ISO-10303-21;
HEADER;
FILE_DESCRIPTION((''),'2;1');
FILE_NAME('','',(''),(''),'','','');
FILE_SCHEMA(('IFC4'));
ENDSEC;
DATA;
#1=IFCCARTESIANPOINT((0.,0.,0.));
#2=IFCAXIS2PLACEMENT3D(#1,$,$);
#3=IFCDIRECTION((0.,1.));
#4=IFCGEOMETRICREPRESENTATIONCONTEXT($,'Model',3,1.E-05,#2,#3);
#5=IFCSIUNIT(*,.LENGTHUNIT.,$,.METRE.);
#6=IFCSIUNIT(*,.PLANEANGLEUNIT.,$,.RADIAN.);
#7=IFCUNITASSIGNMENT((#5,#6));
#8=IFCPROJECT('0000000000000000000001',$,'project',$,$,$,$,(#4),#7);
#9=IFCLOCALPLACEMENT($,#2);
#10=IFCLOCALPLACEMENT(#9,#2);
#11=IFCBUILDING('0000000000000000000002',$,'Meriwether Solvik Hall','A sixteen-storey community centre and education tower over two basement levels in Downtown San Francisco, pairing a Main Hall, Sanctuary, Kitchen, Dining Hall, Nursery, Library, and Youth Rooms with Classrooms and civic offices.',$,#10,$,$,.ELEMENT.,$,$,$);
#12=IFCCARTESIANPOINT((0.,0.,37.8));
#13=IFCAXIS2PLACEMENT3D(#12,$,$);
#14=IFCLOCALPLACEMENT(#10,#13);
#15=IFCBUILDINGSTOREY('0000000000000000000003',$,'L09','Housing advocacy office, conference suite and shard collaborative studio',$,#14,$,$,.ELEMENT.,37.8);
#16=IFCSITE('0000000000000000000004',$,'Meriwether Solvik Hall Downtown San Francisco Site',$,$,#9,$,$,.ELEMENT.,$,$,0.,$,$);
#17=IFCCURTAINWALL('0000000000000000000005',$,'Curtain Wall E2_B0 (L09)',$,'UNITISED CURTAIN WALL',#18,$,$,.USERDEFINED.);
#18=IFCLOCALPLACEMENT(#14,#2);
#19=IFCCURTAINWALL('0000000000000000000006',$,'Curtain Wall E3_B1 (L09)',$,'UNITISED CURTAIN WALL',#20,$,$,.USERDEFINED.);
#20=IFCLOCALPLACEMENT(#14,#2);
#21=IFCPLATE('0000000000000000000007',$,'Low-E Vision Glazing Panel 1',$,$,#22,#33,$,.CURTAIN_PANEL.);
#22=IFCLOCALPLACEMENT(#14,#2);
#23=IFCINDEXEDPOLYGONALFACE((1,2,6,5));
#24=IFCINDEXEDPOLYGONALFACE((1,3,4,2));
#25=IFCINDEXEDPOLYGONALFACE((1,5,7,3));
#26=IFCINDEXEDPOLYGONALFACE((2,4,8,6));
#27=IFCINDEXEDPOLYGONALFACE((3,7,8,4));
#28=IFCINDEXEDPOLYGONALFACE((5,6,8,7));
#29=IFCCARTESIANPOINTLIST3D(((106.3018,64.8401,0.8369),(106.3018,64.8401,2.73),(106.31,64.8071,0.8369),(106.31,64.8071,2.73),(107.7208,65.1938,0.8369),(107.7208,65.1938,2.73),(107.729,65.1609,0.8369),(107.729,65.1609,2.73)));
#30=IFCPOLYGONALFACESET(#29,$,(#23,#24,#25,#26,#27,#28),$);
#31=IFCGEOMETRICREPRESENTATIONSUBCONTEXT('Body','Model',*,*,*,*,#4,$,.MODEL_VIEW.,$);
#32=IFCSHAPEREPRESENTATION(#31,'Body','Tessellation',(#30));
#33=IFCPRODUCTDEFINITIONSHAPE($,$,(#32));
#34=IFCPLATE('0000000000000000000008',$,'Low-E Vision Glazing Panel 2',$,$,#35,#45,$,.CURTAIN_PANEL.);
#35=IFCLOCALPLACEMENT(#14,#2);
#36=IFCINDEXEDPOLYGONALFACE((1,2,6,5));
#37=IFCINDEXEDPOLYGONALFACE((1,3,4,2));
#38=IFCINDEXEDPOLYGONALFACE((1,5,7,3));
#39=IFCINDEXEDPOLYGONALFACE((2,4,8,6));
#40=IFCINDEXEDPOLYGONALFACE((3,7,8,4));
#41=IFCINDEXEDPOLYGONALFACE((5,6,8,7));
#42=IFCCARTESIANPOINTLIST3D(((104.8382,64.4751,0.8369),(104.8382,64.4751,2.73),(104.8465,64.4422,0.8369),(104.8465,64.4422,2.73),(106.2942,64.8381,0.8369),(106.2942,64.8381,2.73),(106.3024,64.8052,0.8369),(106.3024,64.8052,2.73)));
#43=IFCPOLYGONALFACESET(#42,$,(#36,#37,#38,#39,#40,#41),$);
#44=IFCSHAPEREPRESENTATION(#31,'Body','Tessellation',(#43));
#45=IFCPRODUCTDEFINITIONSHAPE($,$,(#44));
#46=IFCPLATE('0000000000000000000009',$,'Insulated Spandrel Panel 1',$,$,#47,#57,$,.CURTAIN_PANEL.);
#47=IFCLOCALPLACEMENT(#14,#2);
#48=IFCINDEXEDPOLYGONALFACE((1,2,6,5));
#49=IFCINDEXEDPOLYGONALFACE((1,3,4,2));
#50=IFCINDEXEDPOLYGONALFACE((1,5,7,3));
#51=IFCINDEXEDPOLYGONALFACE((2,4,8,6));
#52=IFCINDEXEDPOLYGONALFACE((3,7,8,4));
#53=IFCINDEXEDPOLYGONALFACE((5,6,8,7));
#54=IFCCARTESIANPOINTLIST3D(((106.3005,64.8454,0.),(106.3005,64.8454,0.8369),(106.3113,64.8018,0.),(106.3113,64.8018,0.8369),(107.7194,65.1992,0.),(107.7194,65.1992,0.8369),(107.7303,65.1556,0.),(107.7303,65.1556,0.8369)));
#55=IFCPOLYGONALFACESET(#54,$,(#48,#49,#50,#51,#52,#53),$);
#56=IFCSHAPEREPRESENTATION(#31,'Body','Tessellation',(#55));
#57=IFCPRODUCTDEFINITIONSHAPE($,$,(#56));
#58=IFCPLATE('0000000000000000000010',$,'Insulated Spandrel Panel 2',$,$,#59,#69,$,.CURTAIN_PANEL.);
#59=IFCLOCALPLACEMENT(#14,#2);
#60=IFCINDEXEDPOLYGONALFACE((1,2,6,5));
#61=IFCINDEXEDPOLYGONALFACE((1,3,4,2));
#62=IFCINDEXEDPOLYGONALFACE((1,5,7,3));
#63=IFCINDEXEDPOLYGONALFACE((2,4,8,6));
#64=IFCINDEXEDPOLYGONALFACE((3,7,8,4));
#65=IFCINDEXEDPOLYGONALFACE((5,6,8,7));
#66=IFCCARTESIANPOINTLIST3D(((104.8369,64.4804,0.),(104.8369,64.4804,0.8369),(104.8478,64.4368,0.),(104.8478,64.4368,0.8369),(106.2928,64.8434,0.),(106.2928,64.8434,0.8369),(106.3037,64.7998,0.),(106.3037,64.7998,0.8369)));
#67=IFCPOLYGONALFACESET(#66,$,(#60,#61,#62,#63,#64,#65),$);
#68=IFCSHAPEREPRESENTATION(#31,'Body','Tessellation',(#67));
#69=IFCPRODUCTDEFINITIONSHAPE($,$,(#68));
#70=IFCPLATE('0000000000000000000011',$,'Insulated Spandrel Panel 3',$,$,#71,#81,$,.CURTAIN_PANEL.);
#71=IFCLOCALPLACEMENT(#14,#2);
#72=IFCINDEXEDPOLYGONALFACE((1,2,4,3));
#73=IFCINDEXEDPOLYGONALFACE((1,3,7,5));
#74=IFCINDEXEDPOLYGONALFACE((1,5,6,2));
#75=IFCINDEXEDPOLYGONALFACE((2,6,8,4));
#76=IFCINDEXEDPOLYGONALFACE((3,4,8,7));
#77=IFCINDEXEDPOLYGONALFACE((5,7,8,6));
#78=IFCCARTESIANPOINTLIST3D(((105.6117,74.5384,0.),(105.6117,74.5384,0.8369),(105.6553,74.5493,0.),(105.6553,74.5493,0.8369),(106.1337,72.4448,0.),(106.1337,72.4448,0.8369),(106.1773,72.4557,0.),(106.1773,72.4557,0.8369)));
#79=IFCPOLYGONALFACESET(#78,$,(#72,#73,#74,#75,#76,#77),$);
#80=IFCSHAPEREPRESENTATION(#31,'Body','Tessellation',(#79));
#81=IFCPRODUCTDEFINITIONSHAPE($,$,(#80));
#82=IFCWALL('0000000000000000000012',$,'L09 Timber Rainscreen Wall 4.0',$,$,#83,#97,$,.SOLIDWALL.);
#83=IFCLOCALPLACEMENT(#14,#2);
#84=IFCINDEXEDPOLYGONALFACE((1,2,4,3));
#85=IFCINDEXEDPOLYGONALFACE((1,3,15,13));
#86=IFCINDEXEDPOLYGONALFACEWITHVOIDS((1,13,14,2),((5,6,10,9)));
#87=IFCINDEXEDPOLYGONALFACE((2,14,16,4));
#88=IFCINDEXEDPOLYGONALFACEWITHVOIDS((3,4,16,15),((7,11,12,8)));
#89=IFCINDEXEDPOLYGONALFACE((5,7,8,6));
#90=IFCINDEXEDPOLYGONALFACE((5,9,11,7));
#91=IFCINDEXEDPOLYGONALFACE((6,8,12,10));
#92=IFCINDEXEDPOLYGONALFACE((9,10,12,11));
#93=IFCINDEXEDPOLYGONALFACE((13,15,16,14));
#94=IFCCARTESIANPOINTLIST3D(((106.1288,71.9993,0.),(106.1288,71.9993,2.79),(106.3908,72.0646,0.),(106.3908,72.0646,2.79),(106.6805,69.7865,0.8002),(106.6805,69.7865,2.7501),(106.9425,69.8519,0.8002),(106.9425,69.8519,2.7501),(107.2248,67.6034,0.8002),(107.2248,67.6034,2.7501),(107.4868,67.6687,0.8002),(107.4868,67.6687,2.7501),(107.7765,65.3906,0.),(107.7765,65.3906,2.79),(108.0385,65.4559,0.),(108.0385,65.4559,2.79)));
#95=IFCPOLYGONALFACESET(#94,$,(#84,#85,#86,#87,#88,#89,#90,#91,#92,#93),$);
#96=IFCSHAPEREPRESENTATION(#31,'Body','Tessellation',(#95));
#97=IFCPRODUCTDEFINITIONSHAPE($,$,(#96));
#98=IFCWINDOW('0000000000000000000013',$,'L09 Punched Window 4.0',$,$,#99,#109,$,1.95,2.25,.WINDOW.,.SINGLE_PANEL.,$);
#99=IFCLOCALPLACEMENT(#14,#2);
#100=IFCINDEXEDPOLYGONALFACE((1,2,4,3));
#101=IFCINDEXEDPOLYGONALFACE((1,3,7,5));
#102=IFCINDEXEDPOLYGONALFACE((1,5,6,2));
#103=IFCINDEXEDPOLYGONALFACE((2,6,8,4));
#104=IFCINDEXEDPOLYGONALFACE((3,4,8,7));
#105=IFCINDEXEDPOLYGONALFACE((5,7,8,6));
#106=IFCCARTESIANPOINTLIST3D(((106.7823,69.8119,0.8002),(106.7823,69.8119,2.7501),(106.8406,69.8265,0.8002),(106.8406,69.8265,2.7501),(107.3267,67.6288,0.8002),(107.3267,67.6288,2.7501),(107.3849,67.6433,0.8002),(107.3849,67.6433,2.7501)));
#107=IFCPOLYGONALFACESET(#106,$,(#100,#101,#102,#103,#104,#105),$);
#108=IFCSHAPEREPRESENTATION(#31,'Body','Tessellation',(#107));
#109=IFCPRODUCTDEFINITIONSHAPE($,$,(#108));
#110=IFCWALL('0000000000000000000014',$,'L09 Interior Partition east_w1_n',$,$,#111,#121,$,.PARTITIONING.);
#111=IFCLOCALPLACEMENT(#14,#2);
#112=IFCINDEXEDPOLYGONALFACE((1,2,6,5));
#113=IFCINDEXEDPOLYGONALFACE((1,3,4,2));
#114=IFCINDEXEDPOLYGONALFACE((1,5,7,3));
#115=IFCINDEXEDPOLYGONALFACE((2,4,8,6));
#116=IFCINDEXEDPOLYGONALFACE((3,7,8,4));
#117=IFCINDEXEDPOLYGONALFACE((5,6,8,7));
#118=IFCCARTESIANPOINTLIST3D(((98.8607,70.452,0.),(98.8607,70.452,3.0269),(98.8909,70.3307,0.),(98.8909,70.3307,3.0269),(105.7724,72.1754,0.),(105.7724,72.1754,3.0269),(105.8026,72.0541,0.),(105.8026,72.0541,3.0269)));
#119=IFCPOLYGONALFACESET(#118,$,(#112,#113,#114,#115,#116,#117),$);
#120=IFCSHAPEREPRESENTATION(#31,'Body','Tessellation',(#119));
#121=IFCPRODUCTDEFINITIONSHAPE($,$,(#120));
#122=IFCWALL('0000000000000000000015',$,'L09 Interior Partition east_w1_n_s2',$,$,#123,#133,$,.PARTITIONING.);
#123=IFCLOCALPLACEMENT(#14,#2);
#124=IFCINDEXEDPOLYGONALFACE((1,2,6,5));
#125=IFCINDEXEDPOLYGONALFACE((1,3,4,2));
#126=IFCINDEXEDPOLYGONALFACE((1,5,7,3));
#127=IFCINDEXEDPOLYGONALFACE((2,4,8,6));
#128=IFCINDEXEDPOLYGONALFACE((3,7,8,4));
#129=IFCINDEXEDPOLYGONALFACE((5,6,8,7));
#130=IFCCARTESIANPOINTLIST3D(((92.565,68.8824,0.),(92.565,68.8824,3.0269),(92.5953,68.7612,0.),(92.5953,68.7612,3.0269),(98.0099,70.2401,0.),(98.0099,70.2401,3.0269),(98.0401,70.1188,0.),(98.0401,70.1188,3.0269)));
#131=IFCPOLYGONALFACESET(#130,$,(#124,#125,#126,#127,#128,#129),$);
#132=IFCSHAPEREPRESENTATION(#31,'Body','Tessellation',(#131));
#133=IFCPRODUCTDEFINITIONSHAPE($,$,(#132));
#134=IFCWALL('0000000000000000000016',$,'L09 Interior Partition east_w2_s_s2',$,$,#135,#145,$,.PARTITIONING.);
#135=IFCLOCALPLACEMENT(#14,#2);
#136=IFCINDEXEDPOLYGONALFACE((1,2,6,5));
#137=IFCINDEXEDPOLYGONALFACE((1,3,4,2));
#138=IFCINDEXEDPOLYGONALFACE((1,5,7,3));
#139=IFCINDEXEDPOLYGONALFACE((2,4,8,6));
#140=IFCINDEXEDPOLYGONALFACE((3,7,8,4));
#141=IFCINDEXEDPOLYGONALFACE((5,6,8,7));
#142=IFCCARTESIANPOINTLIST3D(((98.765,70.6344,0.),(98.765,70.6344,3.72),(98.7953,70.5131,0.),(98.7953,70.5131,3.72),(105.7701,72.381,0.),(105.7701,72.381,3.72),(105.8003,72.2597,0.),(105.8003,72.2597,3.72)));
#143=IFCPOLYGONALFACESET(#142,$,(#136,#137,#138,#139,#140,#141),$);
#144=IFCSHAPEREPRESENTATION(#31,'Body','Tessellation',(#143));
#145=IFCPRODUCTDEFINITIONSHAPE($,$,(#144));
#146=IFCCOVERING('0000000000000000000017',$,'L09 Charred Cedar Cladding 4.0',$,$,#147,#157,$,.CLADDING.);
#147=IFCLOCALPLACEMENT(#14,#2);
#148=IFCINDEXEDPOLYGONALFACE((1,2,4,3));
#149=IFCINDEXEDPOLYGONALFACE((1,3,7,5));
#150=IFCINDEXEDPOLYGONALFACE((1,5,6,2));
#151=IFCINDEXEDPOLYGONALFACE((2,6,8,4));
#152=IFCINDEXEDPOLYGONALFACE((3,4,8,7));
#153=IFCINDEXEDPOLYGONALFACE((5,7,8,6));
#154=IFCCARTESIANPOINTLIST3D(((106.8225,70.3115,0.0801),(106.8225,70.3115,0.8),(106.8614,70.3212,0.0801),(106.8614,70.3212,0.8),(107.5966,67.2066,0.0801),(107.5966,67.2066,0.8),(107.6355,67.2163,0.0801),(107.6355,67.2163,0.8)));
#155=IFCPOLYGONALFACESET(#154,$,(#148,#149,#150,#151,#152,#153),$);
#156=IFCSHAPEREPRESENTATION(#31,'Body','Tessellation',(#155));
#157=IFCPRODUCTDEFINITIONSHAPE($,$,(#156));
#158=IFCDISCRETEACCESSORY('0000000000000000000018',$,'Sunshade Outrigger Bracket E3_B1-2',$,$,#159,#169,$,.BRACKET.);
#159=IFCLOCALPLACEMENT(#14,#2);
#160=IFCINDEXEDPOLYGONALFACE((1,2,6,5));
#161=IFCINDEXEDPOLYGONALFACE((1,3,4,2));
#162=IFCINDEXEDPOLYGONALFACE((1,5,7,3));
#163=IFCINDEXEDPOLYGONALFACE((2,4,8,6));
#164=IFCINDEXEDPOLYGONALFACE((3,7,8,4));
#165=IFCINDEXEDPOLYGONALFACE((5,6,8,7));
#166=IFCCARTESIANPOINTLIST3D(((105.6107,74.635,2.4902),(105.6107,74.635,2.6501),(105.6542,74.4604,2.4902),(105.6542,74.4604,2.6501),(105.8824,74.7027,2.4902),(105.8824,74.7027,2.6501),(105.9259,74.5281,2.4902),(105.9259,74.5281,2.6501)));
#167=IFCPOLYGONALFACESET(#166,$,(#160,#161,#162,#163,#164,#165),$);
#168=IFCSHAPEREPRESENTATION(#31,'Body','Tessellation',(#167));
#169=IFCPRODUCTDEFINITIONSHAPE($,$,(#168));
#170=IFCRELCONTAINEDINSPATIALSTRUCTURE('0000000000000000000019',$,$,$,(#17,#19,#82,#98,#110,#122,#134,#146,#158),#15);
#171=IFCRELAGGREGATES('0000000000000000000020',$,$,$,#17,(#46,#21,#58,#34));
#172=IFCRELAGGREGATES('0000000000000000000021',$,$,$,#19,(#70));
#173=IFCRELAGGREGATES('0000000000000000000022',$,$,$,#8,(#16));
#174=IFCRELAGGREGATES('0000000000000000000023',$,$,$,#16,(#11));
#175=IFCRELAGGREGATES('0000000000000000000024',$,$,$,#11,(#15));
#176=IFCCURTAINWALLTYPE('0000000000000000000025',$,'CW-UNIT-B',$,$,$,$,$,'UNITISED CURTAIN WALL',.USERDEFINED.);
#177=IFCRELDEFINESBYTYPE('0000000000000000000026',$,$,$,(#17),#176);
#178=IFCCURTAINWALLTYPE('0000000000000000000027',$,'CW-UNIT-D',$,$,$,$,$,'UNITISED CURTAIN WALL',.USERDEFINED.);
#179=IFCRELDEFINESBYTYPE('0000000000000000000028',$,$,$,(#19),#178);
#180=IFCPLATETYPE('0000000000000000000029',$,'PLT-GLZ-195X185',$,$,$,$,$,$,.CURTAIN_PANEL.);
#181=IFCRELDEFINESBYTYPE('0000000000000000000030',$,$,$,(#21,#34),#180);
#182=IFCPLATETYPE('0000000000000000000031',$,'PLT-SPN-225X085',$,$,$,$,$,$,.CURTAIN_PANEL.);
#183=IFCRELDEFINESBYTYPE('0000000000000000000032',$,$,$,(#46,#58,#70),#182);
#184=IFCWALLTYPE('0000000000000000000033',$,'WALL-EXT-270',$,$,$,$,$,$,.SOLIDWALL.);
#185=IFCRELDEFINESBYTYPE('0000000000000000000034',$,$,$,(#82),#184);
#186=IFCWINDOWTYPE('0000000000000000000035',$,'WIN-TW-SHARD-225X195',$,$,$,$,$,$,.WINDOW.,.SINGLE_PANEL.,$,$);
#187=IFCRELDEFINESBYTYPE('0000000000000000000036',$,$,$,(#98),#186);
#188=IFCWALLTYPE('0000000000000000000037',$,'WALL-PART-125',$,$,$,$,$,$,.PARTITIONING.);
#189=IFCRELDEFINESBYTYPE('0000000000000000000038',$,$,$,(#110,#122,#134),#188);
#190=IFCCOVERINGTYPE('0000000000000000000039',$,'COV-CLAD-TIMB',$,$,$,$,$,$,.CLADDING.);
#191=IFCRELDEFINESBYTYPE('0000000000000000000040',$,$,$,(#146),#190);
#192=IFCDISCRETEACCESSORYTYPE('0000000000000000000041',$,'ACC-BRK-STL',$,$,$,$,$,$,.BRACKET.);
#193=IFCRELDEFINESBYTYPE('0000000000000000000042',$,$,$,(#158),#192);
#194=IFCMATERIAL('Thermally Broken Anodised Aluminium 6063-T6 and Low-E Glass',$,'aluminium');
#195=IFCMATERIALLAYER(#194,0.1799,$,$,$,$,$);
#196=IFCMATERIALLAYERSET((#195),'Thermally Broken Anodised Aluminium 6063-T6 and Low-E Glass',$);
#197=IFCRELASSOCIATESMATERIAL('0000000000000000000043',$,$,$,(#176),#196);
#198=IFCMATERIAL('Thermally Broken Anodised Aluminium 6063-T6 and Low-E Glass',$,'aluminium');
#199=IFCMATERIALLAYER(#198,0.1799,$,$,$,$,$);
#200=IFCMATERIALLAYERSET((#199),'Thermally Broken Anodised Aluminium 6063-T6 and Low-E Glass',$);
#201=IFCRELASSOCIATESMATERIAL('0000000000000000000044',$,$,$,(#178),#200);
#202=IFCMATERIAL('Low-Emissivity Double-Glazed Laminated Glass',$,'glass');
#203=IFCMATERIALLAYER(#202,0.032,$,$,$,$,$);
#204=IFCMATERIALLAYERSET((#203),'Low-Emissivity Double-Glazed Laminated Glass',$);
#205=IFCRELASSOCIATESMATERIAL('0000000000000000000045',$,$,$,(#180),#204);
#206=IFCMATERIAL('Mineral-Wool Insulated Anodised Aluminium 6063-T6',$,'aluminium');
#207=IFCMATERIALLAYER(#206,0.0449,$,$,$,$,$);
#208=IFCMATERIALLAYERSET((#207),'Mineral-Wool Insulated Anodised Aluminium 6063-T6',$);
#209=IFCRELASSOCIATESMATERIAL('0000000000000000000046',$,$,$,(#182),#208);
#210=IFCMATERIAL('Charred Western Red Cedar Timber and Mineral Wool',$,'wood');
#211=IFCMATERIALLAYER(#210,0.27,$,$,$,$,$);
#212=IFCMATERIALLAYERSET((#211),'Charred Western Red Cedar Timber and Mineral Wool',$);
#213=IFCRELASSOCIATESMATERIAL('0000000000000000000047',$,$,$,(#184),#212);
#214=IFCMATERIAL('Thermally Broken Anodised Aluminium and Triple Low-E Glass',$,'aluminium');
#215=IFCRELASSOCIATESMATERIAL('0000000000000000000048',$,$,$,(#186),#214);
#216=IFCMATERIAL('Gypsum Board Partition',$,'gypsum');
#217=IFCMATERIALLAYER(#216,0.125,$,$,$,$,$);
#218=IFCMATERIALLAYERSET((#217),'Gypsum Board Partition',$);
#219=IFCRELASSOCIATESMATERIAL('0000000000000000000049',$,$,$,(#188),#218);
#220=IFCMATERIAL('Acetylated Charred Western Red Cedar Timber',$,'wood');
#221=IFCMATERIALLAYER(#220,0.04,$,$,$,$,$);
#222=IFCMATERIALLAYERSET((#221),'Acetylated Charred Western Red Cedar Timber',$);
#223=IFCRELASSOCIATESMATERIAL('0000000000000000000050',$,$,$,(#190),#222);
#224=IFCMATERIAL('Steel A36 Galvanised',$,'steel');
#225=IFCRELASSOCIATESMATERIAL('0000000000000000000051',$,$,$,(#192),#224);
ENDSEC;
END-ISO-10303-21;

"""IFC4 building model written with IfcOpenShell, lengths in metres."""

from ifc_helpers import new_model, si_unit, direction, frame, frame_2d, origin, origin_2d, place, context, subcontext, project, spatial, rectangle, extrude, material, layer, layer_set, type_object, element, fill, aggregate, save


model = new_model("IFC4")

# Units and contexts
model_context = context("Model", 3, precision=1e-05, world=origin(), true_north=direction((0.0, 1.0)))
body_context = subcontext(model_context, "Body", "Model", "MODEL_VIEW")
ifc_project = project(units=[si_unit("LENGTHUNIT", "METRE"), si_unit("PLANEANGLEUNIT", "RADIAN")], contexts=[model_context])

# Site, building, storey
site_placement = place(None, origin())
site = spatial("IfcSite", under=ifc_project, at=site_placement, Name="Meriwether Solvik Hall Downtown San Francisco Site", CompositionType="ELEMENT", RefElevation=0.0)
building_placement = place(site_placement, origin())
building = spatial("IfcBuilding", under=site, at=building_placement, Name="Meriwether Solvik Hall", Description="A sixteen-storey community centre and education tower over two basement levels in Downtown San Francisco, pairing a Main Hall, Sanctuary, Kitchen, Dining Hall, Nursery, Library, and Youth Rooms with Classrooms and civic offices.", CompositionType="ELEMENT")
storey_placement = place(building_placement, frame((0.0, 0.0, 37.8)))
storey = spatial("IfcBuildingStorey", under=building, at=storey_placement, Name="L09", Description="Housing advocacy office, conference suite and shard collaborative studio", CompositionType="ELEMENT", Elevation=37.8)

# Curtain walls
ifc_material_1 = material(Name="Thermally Broken Anodised Aluminium 6063-T6 and Low-E Glass", Category="aluminium")
ifc_layer_1 = layer(ifc_material_1, 0.1799)
ifc_layer_set_1 = layer_set([ifc_layer_1], Name="Thermally Broken Anodised Aluminium 6063-T6 and Low-E Glass")
curtain_wall_type_1 = type_object("IfcCurtainWallType", Name="CW-UNIT-B", ElementType="UNITISED CURTAIN WALL", PredefinedType="USERDEFINED", material=ifc_layer_set_1)
curtain_wall_1_placement = place(storey_placement, origin())
curtain_wall_1 = element("IfcCurtainWall", 1, at=curtain_wall_1_placement, inside=storey, type_object=curtain_wall_type_1, Name="Curtain Wall E2_B0 (L09)", ObjectType="UNITISED CURTAIN WALL", PredefinedType="USERDEFINED")
ifc_material_2 = material(Name="Thermally Broken Anodised Aluminium 6063-T6 and Low-E Glass", Category="aluminium")
ifc_layer_2 = layer(ifc_material_2, 0.1799)
ifc_layer_set_2 = layer_set([ifc_layer_2], Name="Thermally Broken Anodised Aluminium 6063-T6 and Low-E Glass")
curtain_wall_type_2 = type_object("IfcCurtainWallType", Name="CW-UNIT-D", ElementType="UNITISED CURTAIN WALL", PredefinedType="USERDEFINED", material=ifc_layer_set_2)
curtain_wall_2_placement = place(storey_placement, origin())
curtain_wall_2 = element("IfcCurtainWall", 2, at=curtain_wall_2_placement, inside=storey, type_object=curtain_wall_type_2, Name="Curtain Wall E3_B1 (L09)", ObjectType="UNITISED CURTAIN WALL", PredefinedType="USERDEFINED")

# Plates
ifc_material_3 = material(Name="Low-Emissivity Double-Glazed Laminated Glass", Category="glass")
ifc_layer_3 = layer(ifc_material_3, 0.032)
ifc_layer_set_3 = layer_set([ifc_layer_3], Name="Low-Emissivity Double-Glazed Laminated Glass")
plate_type_1 = type_object("IfcPlateType", Name="PLT-GLZ-195X185", PredefinedType="CURTAIN_PANEL", material=ifc_layer_set_3)
plate_1_placement = place(storey_placement, frame((107.0154, 65.0005, 0.8369), z_axis=(0.0, 0.0, 1.0), x_axis=(-0.970296, -0.241922, 0.0)))
plate_1 = element("IfcPlate", 3, at=plate_1_placement, type_object=plate_type_1, Name="Low-E Vision Glazing Panel 1", PredefinedType="CURTAIN_PANEL", context=body_context, shape_type="SweptSolid", body=[
    extrude(rectangle(XDim=1.4624, YDim=0.0339, at=origin_2d()), origin(), (0.0, 0.0, 1.0), 1.8931),
])
plate_2_placement = place(storey_placement, frame((105.5703, 64.6401, 0.8369), z_axis=(0.0, 0.0, 1.0), x_axis=(-0.970296, -0.241922, 0.0)))
plate_2 = element("IfcPlate", 4, at=plate_2_placement, type_object=plate_type_1, Name="Low-E Vision Glazing Panel 2", PredefinedType="CURTAIN_PANEL", context=body_context, shape_type="SweptSolid", body=[
    extrude(rectangle(XDim=1.5005, YDim=0.0339, at=origin_2d()), origin(), (0.0, 0.0, 1.0), 1.8931),
])
ifc_material_4 = material(Name="Mineral-Wool Insulated Anodised Aluminium 6063-T6", Category="aluminium")
ifc_layer_4 = layer(ifc_material_4, 0.0449)
ifc_layer_set_4 = layer_set([ifc_layer_4], Name="Mineral-Wool Insulated Anodised Aluminium 6063-T6")
plate_type_2 = type_object("IfcPlateType", Name="PLT-SPN-225X085", PredefinedType="CURTAIN_PANEL", material=ifc_layer_set_4)
plate_3_placement = place(storey_placement, frame((107.0154, 65.0005, 0.0), z_axis=(0.0, 0.0, 1.0), x_axis=(-0.970296, -0.241922, 0.0)))
plate_3 = element("IfcPlate", 5, at=plate_3_placement, type_object=plate_type_2, Name="Insulated Spandrel Panel 1", PredefinedType="CURTAIN_PANEL", context=body_context, shape_type="SweptSolid", body=[
    extrude(rectangle(XDim=1.4624, YDim=0.0449, at=origin_2d()), origin(), (0.0, 0.0, 1.0), 0.8369),
])
plate_4_placement = place(storey_placement, frame((105.5703, 64.6401, 0.0), z_axis=(0.0, 0.0, 1.0), x_axis=(-0.970296, -0.241922, 0.0)))
plate_4 = element("IfcPlate", 6, at=plate_4_placement, type_object=plate_type_2, Name="Insulated Spandrel Panel 2", PredefinedType="CURTAIN_PANEL", context=body_context, shape_type="SweptSolid", body=[
    extrude(rectangle(XDim=1.5005, YDim=0.0449, at=origin_2d()), origin(), (0.0, 0.0, 1.0), 0.8369),
])
aggregate(curtain_wall_1, [plate_3, plate_1, plate_4, plate_2])
plate_5_placement = place(storey_placement, frame((105.8945, 73.4971, 0.0), z_axis=(0.0, 0.0, 1.0), x_axis=(0.241922, -0.970296, 0.0)))
plate_5 = element("IfcPlate", 7, at=plate_5_placement, type_object=plate_type_2, Name="Insulated Spandrel Panel 3", PredefinedType="CURTAIN_PANEL", context=body_context, shape_type="SweptSolid", body=[
    extrude(rectangle(XDim=2.1577, YDim=0.0449, at=origin_2d()), origin(), (0.0, 0.0, 1.0), 0.8369),
])
aggregate(curtain_wall_2, [plate_5])

# Wall, opening, window
ifc_material_5 = material(Name="Charred Western Red Cedar Timber and Mineral Wool", Category="wood")
ifc_layer_5 = layer(ifc_material_5, 0.27)
ifc_layer_set_5 = layer_set([ifc_layer_5], Name="Charred Western Red Cedar Timber and Mineral Wool")
wall_type_1 = type_object("IfcWallType", Name="WALL-EXT-270", PredefinedType="SOLIDWALL", material=ifc_layer_set_5)
wall_1_placement = place(storey_placement, frame((106.2598, 72.032, 0.0), z_axis=(0.0, 0.0, 1.0), x_axis=(0.24192, -0.970296, 0.0)))
wall_1 = element("IfcWall", 8, at=wall_1_placement, inside=storey, type_object=wall_type_1, Name="L09 Timber Rainscreen Wall 4.0", PredefinedType="SOLIDWALL", context=body_context, shape_type="SweptSolid", body=[
    extrude(rectangle(XDim=6.811, YDim=0.27, at=frame_2d((3.4055, 0.0))), origin(), (0.0, 0.0, 1.0), 2.79),
])
opening_placement = place(wall_1_placement, frame((2.2805, 0.0, 0.8)))
opening = element("IfcOpeningElement", 9, at=opening_placement, cuts=wall_1, PredefinedType="OPENING", context=body_context, shape_type="SweptSolid", body=[
    extrude(rectangle(XDim=2.25, YDim=1.95, at=frame_2d((1.125, 0.9751))), frame((0.0, 0.147, 0.0), z_axis=(0.0, -1.0, 0.0), x_axis=(1.0, 0.0, 0.0)), (0.0, 0.0, 1.0), 0.2939),
])
ifc_material_6 = material(Name="Thermally Broken Anodised Aluminium and Triple Low-E Glass", Category="aluminium")
window_type = type_object("IfcWindowType", Name="WIN-TW-SHARD-225X195", PartitioningType="SINGLE_PANEL", PredefinedType="WINDOW", material=ifc_material_6)
window_placement = place(opening_placement, origin())
window = element("IfcWindow", 10, at=window_placement, inside=storey, type_object=window_type, Name="L09 Punched Window 4.0", OverallHeight=1.95, OverallWidth=2.25, PartitioningType="SINGLE_PANEL", PredefinedType="WINDOW", context=body_context, shape_type="SweptSolid", body=[
    extrude(rectangle(XDim=2.25, YDim=1.95, at=frame_2d((1.125, 0.9751))), frame((0.0, 0.03, 0.0), z_axis=(0.0, -1.0, 0.0), x_axis=(1.0, 0.0, 0.0)), (0.0, 0.0, 1.0), 0.0601),
])
fill(opening, window)

# Walls
ifc_material_7 = material(Name="Gypsum Board Partition", Category="gypsum")
ifc_layer_6 = layer(ifc_material_7, 0.125)
ifc_layer_set_6 = layer_set([ifc_layer_6], Name="Gypsum Board Partition")
wall_type_2 = type_object("IfcWallType", Name="WALL-PART-125", PredefinedType="PARTITIONING", material=ifc_layer_set_6)
wall_2_placement = place(storey_placement, frame((105.7874, 72.1147, 0.0), z_axis=(0.0, 0.0, 1.0), x_axis=(-0.970292, -0.241939, 0.0)))
element("IfcWall", 11, at=wall_2_placement, inside=storey, type_object=wall_type_2, Name="L09 Interior Partition east_w1_n", PredefinedType="PARTITIONING", context=body_context, shape_type="SweptSolid", body=[
    extrude(rectangle(XDim=7.1233, YDim=0.125, at=frame_2d((3.5615, 0.0))), origin(), (0.0, 0.0, 1.0), 3.0269),
])
wall_3_placement = place(storey_placement, frame((98.0249, 70.1794, 0.0), z_axis=(0.0, 0.0, 1.0), x_axis=(-0.970291, -0.241942, 0.0)))
element("IfcWall", 12, at=wall_3_placement, inside=storey, type_object=wall_type_2, Name="L09 Interior Partition east_w1_n_s2", PredefinedType="PARTITIONING", context=body_context, shape_type="SweptSolid", body=[
    extrude(rectangle(XDim=5.6116, YDim=0.125, at=frame_2d((2.8057, 0.0))), origin(), (0.0, 0.0, 1.0), 3.0269),
])
wall_4_placement = place(storey_placement, frame((98.78, 70.5737, 0.0), z_axis=(0.0, 0.0, 1.0), x_axis=(0.970295, 0.241923, 0.0)))
element("IfcWall", 13, at=wall_4_placement, inside=storey, type_object=wall_type_2, Name="L09 Interior Partition east_w2_s_s2", PredefinedType="PARTITIONING", context=body_context, shape_type="SweptSolid", body=[
    extrude(rectangle(XDim=7.2195, YDim=0.125, at=frame_2d((3.6099, 0.0))), origin(), (0.0, 0.0, 1.0), 3.72),
])

# Covering
ifc_material_8 = material(Name="Acetylated Charred Western Red Cedar Timber", Category="wood")
ifc_layer_7 = layer(ifc_material_8, 0.04)
ifc_layer_set_7 = layer_set([ifc_layer_7], Name="Acetylated Charred Western Red Cedar Timber")
covering_type = type_object("IfcCoveringType", Name="COV-CLAD-TIMB", PredefinedType="CLADDING", material=ifc_layer_set_7)
covering_placement = place(storey_placement, frame((107.229, 68.7639, 0.0801), z_axis=(0.0, 0.0, 1.0), x_axis=(0.241922, -0.970296, 0.0)))
element("IfcCovering", 14, at=covering_placement, inside=storey, type_object=covering_type, Name="L09 Charred Cedar Cladding 4.0", PredefinedType="CLADDING", context=body_context, shape_type="SweptSolid", body=[
    extrude(rectangle(XDim=3.2, YDim=0.04, at=origin_2d()), origin(), (0.0, 0.0, 1.0), 0.72),
])

# Discrete accessory
ifc_material_9 = material(Name="Steel A36 Galvanised", Category="steel")
discrete_accessory_type = type_object("IfcDiscreteAccessoryType", Name="ACC-BRK-STL", PredefinedType="BRACKET", material=ifc_material_9)
discrete_accessory_placement = place(storey_placement, frame((105.7683, 74.5815, 2.4902), z_axis=(0.0, 0.0, 1.0), x_axis=(0.241922, -0.970296, 0.0)))
element("IfcDiscreteAccessory", 15, at=discrete_accessory_placement, inside=storey, type_object=discrete_accessory_type, Name="Sunshade Outrigger Bracket E3_B1-2", PredefinedType="BRACKET", context=body_context, shape_type="SweptSolid", body=[
    extrude(rectangle(XDim=0.1799, YDim=0.28, at=origin_2d()), origin(), (0.0, 0.0, 1.0), 0.1599),
])

save(model, "model.ifc")
